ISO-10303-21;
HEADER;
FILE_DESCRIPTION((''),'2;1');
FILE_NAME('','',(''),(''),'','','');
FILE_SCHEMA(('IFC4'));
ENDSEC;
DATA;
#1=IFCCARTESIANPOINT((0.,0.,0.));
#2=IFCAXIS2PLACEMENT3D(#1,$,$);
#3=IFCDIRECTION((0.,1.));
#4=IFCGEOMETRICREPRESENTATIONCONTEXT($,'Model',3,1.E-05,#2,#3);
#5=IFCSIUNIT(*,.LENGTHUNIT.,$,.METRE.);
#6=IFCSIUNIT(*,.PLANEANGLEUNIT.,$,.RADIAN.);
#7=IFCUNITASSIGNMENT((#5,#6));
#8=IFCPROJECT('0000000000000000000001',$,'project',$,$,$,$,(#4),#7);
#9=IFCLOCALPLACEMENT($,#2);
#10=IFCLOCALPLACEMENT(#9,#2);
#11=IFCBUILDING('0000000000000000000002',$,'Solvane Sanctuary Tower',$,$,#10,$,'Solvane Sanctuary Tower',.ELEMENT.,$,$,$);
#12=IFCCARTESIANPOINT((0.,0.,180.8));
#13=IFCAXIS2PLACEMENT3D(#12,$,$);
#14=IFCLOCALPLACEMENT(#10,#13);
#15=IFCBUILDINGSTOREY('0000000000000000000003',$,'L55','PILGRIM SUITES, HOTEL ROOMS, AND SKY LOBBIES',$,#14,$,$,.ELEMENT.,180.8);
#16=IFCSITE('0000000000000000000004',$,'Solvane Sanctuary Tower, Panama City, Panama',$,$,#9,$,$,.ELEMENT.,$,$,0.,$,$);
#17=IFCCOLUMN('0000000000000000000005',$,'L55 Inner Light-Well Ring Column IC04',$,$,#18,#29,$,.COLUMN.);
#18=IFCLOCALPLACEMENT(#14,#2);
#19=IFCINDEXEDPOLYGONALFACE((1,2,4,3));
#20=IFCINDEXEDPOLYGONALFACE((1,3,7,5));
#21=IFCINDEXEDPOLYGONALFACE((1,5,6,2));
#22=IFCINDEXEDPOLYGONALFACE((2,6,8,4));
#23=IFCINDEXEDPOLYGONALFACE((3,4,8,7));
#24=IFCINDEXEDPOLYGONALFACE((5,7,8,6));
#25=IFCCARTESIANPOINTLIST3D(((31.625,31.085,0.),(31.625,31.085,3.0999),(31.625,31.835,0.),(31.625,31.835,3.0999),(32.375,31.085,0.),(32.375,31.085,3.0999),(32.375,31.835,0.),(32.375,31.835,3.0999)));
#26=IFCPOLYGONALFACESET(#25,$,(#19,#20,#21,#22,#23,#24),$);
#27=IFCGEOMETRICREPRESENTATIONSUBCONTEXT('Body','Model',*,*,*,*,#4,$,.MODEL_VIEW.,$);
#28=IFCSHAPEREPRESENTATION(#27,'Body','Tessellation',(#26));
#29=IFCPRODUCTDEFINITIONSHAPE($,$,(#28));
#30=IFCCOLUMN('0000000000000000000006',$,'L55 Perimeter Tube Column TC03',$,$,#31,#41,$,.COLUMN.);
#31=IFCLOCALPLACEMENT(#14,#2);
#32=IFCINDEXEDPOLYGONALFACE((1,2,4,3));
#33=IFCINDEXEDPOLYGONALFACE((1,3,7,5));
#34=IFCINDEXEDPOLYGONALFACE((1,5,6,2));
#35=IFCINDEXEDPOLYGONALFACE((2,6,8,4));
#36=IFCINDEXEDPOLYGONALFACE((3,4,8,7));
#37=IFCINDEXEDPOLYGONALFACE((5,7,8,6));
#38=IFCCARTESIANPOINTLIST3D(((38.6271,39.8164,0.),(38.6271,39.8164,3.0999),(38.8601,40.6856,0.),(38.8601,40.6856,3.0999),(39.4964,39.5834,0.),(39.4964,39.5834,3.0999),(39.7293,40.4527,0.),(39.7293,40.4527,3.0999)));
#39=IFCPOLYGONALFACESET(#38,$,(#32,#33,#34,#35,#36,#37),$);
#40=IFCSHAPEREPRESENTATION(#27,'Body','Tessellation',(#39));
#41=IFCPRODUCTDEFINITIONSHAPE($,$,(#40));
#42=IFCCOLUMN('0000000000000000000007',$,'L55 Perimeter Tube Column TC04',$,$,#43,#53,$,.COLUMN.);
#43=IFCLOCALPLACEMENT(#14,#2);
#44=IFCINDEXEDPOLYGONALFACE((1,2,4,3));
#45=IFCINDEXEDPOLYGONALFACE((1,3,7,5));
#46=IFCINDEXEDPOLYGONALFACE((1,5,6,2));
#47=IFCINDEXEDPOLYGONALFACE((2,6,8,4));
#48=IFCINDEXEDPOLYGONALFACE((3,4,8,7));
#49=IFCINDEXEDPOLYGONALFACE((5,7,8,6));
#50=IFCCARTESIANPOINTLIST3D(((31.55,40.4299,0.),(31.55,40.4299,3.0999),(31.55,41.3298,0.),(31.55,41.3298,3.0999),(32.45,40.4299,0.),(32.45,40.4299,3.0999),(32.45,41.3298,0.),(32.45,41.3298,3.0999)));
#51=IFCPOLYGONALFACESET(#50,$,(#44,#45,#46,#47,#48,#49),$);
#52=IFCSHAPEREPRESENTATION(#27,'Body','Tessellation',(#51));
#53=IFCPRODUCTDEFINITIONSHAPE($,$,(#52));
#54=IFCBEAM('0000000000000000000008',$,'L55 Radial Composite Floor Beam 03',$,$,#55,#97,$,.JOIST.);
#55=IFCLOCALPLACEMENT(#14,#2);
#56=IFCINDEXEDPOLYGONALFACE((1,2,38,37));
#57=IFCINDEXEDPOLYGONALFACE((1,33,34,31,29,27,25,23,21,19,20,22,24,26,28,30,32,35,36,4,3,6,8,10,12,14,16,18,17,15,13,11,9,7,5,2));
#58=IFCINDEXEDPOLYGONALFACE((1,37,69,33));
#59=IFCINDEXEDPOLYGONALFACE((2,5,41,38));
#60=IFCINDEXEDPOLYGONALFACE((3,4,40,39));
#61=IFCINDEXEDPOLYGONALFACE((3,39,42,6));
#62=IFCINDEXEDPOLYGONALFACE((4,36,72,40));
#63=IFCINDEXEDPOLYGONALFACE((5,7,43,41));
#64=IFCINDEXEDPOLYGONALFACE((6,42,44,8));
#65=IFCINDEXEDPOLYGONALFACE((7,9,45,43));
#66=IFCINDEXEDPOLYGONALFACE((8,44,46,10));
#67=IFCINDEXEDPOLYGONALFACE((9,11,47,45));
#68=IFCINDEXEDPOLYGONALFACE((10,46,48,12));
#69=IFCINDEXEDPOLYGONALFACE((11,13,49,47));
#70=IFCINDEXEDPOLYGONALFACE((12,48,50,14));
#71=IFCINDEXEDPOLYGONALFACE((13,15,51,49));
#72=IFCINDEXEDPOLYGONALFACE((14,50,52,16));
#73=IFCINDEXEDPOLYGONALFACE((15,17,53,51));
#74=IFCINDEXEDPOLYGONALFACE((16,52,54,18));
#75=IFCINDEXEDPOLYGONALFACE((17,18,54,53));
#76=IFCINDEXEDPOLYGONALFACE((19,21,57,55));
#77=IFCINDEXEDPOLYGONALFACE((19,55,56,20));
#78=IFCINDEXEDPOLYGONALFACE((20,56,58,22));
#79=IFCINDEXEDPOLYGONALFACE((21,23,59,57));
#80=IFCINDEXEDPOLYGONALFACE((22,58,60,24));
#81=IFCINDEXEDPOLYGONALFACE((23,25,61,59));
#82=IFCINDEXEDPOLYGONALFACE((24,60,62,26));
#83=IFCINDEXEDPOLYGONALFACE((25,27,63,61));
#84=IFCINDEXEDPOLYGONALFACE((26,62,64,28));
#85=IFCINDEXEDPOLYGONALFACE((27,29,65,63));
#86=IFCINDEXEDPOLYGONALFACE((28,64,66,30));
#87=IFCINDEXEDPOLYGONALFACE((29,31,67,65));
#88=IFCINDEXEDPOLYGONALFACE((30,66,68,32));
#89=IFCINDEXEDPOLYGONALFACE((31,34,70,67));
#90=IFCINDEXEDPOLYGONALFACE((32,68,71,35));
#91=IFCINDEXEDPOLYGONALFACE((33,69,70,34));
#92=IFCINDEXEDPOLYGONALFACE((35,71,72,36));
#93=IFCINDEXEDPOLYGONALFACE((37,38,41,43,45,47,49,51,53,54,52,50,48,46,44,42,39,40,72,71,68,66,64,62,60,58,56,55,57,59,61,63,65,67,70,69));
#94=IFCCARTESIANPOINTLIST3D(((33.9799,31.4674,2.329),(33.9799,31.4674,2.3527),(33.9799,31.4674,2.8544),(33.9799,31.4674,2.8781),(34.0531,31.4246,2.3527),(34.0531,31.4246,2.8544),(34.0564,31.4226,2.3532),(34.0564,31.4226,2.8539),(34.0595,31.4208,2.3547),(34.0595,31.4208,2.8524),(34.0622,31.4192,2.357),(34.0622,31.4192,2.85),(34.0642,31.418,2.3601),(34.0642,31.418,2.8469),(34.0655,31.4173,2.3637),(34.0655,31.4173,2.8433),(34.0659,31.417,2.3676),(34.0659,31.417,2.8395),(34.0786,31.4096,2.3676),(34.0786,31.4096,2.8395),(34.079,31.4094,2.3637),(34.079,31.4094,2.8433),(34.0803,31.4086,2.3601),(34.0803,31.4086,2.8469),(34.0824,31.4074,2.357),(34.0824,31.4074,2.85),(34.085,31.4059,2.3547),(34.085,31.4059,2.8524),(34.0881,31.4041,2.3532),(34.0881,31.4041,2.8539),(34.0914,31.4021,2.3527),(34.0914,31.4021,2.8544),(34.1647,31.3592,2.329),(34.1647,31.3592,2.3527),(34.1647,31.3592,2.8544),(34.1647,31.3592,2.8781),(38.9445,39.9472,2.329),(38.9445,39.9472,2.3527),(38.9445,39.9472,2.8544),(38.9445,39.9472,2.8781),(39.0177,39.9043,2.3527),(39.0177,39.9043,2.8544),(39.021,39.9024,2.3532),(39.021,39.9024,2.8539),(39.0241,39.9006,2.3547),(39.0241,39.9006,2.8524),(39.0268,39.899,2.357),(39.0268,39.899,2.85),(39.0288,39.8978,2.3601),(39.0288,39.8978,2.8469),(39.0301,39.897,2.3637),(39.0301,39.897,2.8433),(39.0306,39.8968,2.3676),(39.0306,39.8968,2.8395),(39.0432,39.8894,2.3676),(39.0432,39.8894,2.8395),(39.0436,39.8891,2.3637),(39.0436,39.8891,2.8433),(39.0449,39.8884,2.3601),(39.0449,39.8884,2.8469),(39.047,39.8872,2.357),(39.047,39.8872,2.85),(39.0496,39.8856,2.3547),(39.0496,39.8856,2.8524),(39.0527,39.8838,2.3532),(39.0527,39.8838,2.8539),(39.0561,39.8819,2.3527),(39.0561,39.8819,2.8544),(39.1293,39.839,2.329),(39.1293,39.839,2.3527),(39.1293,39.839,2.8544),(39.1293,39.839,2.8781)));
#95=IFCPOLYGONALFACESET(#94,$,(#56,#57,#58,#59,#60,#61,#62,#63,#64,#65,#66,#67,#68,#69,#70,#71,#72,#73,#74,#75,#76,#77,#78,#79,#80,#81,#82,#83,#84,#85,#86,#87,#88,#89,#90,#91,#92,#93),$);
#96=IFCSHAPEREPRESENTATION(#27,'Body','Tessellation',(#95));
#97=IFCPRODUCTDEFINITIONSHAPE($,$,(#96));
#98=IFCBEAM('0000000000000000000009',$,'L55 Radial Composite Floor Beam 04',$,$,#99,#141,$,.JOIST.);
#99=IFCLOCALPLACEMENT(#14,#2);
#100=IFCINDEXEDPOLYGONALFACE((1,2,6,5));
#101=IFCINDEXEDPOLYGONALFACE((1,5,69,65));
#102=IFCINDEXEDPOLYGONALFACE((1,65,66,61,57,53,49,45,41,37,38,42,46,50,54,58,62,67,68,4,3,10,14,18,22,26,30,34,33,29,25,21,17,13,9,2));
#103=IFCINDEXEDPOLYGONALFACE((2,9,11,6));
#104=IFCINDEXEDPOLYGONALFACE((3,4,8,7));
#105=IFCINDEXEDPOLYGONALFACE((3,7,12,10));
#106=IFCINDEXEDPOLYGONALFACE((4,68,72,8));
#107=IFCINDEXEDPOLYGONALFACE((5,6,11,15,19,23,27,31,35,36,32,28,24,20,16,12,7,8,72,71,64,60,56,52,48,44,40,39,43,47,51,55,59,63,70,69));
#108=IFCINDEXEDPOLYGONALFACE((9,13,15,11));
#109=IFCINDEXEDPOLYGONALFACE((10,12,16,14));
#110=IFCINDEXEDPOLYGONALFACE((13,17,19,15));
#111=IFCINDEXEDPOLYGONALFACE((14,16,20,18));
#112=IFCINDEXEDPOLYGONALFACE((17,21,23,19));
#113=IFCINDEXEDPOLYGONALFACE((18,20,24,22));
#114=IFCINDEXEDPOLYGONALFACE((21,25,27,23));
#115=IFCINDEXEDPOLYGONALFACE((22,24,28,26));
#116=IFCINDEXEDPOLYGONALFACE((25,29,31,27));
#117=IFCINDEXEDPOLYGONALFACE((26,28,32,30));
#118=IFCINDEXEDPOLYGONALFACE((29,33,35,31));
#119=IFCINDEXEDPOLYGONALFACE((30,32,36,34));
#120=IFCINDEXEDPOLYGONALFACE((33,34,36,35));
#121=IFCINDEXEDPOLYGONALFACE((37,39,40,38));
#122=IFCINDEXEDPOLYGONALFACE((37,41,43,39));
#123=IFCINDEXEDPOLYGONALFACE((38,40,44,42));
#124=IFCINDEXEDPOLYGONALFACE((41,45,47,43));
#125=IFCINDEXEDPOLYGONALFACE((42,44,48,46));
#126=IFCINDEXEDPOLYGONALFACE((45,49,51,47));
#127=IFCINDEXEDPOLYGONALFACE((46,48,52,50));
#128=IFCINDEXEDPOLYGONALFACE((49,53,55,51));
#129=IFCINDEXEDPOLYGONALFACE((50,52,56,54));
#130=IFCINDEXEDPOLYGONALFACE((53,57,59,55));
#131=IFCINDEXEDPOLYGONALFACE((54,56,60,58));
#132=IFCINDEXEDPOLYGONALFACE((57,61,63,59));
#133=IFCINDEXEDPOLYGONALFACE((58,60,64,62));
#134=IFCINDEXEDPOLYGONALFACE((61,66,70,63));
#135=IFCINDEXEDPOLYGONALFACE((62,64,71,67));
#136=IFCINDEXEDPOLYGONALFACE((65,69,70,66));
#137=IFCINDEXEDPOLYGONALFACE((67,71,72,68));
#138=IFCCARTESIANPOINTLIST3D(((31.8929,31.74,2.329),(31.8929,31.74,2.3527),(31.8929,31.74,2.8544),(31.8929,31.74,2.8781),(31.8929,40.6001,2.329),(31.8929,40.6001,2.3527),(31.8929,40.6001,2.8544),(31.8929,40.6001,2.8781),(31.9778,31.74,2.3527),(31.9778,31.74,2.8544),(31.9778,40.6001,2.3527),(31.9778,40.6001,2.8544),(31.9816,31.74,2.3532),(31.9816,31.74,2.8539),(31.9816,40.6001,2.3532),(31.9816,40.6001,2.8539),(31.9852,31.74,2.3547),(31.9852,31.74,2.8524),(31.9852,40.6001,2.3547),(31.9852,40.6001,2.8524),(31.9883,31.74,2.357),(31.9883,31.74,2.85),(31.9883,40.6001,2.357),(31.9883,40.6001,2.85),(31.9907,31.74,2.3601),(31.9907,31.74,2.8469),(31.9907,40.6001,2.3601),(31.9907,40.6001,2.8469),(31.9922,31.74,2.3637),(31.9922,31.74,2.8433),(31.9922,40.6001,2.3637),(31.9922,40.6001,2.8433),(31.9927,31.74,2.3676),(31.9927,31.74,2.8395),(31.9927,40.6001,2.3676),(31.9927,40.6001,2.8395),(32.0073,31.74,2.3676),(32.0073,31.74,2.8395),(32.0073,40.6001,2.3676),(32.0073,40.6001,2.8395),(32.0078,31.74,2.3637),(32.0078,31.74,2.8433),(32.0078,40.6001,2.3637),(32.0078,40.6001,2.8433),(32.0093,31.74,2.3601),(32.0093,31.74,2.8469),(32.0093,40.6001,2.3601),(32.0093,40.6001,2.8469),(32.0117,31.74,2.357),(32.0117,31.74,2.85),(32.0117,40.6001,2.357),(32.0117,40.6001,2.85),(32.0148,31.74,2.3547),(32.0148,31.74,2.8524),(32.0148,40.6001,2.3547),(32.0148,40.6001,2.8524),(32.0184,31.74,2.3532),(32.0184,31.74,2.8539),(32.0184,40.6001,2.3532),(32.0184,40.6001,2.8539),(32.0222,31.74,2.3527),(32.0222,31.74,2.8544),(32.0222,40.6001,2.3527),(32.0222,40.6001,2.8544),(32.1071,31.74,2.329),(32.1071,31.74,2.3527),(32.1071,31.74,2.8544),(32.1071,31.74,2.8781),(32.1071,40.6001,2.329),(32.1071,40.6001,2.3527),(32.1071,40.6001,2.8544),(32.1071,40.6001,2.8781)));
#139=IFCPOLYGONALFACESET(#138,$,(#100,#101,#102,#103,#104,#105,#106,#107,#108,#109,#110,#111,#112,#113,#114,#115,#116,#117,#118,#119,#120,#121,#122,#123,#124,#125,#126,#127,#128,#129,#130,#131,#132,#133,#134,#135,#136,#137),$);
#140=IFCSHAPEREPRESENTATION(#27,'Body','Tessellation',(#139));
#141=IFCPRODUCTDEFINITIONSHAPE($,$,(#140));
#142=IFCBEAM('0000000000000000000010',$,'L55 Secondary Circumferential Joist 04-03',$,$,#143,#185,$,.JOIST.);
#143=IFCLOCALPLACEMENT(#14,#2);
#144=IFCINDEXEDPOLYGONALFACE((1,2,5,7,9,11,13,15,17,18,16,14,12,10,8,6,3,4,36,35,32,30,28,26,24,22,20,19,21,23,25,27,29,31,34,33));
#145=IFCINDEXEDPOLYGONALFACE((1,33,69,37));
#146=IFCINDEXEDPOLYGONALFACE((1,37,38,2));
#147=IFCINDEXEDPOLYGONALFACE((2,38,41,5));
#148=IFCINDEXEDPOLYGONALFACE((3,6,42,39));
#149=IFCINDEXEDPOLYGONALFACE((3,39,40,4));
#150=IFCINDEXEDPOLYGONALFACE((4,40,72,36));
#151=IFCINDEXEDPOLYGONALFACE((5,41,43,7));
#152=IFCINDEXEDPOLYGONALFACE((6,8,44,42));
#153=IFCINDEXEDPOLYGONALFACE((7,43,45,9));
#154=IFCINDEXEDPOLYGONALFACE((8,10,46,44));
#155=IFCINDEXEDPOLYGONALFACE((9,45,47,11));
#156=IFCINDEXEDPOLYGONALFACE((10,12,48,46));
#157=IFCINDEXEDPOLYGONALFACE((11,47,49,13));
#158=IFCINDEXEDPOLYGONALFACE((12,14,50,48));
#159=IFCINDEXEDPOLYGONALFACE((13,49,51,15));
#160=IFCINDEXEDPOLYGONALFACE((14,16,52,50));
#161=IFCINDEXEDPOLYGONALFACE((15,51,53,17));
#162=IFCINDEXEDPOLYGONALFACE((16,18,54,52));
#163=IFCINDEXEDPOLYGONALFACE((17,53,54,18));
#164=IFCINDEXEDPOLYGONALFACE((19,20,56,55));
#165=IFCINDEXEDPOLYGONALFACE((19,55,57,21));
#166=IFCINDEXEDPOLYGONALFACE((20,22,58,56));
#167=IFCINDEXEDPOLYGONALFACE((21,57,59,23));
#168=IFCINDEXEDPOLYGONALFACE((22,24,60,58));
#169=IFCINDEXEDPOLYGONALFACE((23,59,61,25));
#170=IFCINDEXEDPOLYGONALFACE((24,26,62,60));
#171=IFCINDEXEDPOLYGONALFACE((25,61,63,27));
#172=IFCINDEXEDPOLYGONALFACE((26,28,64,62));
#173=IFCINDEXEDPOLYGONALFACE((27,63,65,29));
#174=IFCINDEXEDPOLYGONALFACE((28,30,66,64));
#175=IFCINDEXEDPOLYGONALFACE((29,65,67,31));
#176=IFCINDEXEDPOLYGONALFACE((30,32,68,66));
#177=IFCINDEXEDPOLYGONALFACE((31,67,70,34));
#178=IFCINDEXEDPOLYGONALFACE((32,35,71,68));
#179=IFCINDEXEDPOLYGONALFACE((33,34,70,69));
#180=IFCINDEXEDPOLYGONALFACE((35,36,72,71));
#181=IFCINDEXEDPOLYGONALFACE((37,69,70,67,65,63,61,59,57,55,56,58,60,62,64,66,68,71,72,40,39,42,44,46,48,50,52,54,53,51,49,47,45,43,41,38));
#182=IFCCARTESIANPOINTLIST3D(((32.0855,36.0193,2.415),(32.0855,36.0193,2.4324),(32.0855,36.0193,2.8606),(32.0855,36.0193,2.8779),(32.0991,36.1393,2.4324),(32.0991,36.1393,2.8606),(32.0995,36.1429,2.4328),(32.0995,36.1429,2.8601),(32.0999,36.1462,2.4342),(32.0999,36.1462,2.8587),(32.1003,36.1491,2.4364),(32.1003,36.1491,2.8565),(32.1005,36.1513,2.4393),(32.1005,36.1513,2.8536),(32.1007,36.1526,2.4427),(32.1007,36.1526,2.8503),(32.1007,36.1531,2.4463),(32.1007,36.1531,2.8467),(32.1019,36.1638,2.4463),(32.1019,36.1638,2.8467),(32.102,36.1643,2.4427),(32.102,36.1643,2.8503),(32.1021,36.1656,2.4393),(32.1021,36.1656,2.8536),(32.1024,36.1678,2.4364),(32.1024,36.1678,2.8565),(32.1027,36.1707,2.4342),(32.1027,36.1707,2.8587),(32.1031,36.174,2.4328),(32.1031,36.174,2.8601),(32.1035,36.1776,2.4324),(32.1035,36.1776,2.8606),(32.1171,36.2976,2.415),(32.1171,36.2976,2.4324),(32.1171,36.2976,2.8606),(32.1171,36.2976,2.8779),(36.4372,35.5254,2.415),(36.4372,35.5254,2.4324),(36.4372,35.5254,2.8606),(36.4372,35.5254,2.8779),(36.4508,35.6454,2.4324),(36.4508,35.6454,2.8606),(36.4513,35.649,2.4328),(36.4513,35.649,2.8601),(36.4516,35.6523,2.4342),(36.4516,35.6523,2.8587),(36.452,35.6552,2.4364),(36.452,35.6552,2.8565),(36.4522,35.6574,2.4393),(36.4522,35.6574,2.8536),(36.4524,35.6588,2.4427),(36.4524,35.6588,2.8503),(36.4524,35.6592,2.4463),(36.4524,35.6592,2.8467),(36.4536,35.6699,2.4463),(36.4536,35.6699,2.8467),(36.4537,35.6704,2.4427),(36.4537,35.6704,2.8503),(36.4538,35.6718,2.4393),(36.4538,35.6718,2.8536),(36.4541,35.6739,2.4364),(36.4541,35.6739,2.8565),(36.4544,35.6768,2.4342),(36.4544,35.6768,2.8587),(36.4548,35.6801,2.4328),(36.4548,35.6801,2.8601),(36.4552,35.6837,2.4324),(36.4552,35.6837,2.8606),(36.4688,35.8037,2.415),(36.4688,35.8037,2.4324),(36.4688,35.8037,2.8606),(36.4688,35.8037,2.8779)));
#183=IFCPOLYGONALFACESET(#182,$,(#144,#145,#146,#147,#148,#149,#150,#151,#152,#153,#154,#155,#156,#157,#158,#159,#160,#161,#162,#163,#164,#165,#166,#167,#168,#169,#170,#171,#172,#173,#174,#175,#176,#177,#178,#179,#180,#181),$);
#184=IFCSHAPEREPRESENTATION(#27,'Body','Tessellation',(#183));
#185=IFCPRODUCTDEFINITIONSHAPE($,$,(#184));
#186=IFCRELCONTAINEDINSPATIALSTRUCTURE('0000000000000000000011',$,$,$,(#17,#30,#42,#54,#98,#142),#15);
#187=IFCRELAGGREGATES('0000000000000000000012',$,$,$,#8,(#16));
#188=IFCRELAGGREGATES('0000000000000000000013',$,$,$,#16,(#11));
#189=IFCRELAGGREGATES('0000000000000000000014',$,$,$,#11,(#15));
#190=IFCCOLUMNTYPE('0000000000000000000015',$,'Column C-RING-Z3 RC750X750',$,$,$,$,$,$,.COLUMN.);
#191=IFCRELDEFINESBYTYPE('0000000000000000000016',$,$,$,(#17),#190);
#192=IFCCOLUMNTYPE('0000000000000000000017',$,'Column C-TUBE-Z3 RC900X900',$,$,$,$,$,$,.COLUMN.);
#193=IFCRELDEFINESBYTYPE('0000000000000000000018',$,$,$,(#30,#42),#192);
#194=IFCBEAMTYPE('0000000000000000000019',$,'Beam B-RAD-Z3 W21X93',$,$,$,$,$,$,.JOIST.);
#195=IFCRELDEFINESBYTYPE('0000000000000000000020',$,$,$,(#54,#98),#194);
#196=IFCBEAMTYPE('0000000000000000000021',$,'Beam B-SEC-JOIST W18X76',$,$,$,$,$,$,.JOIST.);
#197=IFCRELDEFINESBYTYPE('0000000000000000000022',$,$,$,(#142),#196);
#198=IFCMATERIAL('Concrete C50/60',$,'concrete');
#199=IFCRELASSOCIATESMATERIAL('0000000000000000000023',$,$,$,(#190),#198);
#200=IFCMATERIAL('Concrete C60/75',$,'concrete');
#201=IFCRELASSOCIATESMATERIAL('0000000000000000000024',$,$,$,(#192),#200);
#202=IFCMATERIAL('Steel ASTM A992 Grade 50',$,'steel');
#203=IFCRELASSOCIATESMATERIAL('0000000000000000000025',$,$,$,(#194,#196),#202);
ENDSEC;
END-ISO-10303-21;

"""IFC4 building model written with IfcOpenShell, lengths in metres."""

from ifc_helpers import new_model, si_unit, direction, frame, origin, origin_2d, place, context, subcontext, project, spatial, rectangle, i_section, extrude, material, material_profile, profile_set, type_object, element, save


model = new_model("IFC4")

# Units and contexts
model_context = context("Model", 3, precision=1e-05, world=origin(), true_north=direction((0.0, 1.0)))
body_context = subcontext(model_context, "Body", "Model", "MODEL_VIEW")
ifc_project = project(units=[si_unit("LENGTHUNIT", "METRE"), si_unit("PLANEANGLEUNIT", "RADIAN")], contexts=[model_context])

# Site, building, storey
site_placement = place(None, origin())
site = spatial("IfcSite", under=ifc_project, at=site_placement, Name="Solvane Sanctuary Tower, Panama City, Panama", CompositionType="ELEMENT", RefElevation=0.0)
building_placement = place(site_placement, origin())
building = spatial("IfcBuilding", under=site, at=building_placement, Name="Solvane Sanctuary Tower", LongName="Solvane Sanctuary Tower", CompositionType="ELEMENT")
storey_placement = place(building_placement, frame((0.0, 0.0, 180.8)))
storey = spatial("IfcBuildingStorey", under=building, at=storey_placement, Name="L55", Description="PILGRIM SUITES, HOTEL ROOMS, AND SKY LOBBIES", CompositionType="ELEMENT", Elevation=180.8)

# Columns
ifc_material_1 = material(Name="Concrete C50/60", Category="concrete")
ifc_material_profile_1 = material_profile(ifc_material_1, rectangle(XDim=0.75, YDim=0.75, at=origin_2d()), Name="RC750X750")
ifc_profile_set_1 = profile_set([ifc_material_profile_1], Name="Concrete C50/60")
column_type_1 = type_object("IfcColumnType", Name="Column C-RING-Z3 RC750X750", PredefinedType="COLUMN", material=ifc_profile_set_1)
column_placement = place(storey_placement, frame((32.0, 31.46, 0.0), z_axis=(0.0, 0.0, 1.0), x_axis=(1.0, 0.0, 0.0)))
element("IfcColumn", 1, at=column_placement, inside=storey, type_object=column_type_1, Name="L55 Inner Light-Well Ring Column IC04", PredefinedType="COLUMN", context=body_context, shape_type="SweptSolid", body=[
    extrude(rectangle(XDim=0.75, YDim=0.75, at=origin_2d()), origin(), (0.0, 0.0, 1.0), 3.0999),
])
ifc_material_2 = material(Name="Concrete C60/75", Category="concrete")
ifc_material_profile_2 = material_profile(ifc_material_2, rectangle(XDim=0.8999, YDim=0.8999, at=origin_2d()), Name="RC900X900")
ifc_profile_set_2 = profile_set([ifc_material_profile_2], Name="Concrete C60/75")
column_type_2 = type_object("IfcColumnType", Name="Column C-TUBE-Z3 RC900X900", PredefinedType="COLUMN", material=ifc_profile_set_2)
for number, where, z_axis, x_axis, name in (
    (2, (39.1782, 40.1345, 0.0), (0.0, 0.0, 1.0), (0.258819, 0.965926, 0.0), "L55 Perimeter Tube Column TC03"),
    (3, (32.0, 40.8799, 0.0), (0.0, 0.0, 1.0), (0.0, 1.0, 0.0), "L55 Perimeter Tube Column TC04"),
):
    element("IfcColumn", number, at=place(storey_placement, frame(where, z_axis=z_axis, x_axis=x_axis)), inside=storey, type_object=column_type_2, Name=name, PredefinedType="COLUMN", context=body_context, shape_type="SweptSolid", body=[
        extrude(rectangle(XDim=0.8999, YDim=0.8999, at=origin_2d()), origin(), (0.0, 0.0, 1.0), 3.0999),
    ])

# Beams
ifc_material_3 = material(Name="Steel ASTM A992 Grade 50", Category="steel")
ifc_material_profile_3 = material_profile(ifc_material_3, i_section(OverallWidth=0.2141, OverallDepth=0.5491, WebThickness=0.0146, FlangeThickness=0.0237, FilletRadius=0.0149, at=origin_2d()), Name="W21X93")
ifc_profile_set_3 = profile_set([ifc_material_profile_3], Name="Steel ASTM A992 Grade 50")
beam_type_1 = type_object("IfcBeamType", Name="Beam B-RAD-Z3 W21X93", PredefinedType="JOIST", material=ifc_profile_set_3)
beam_1_placement = place(storey_placement, frame((34.0723, 31.4133, 2.6035), z_axis=(0.505244, 0.862977, 0.0), x_axis=(-0.862977, 0.505244, 0.0)))
element("IfcBeam", 4, at=beam_1_placement, inside=storey, type_object=beam_type_1, Name="L55 Radial Composite Floor Beam 03", PredefinedType="JOIST", context=body_context, shape_type="SweptSolid", body=[
    extrude(i_section(OverallWidth=0.2141, OverallDepth=0.5491, WebThickness=0.0146, FlangeThickness=0.0237, FilletRadius=0.0149, at=origin_2d()), origin(), (0.0, 0.0, 1.0), 9.8262),
])
beam_2_placement = place(storey_placement, frame((32.0, 31.74, 2.6035), z_axis=(0.0, 1.0, 0.0), x_axis=(-1.0, 0.0, 0.0)))
element("IfcBeam", 5, at=beam_2_placement, inside=storey, type_object=beam_type_1, Name="L55 Radial Composite Floor Beam 04", PredefinedType="JOIST", context=body_context, shape_type="SweptSolid", body=[
    extrude(i_section(OverallWidth=0.2141, OverallDepth=0.5491, WebThickness=0.0146, FlangeThickness=0.0237, FilletRadius=0.0149, at=origin_2d()), origin(), (0.0, 0.0, 1.0), 8.8601),
])
ifc_material_profile_4 = material_profile(ifc_material_3, i_section(OverallWidth=0.28, OverallDepth=0.4629, WebThickness=0.0107, FlangeThickness=0.0173, FilletRadius=0.0139, at=origin_2d()), Name="W18X76")
ifc_profile_set_4 = profile_set([ifc_material_profile_4], Name="Steel ASTM A992 Grade 50")
beam_type_2 = type_object("IfcBeamType", Name="Beam B-SEC-JOIST W18X76", PredefinedType="JOIST", material=ifc_profile_set_4)
beam_3_placement = place(storey_placement, frame((32.1013, 36.1584, 2.6465), z_axis=(0.993621, -0.112768, 0.0), x_axis=(0.112768, 0.993621, 0.0)))
element("IfcBeam", 6, at=beam_3_placement, inside=storey, type_object=beam_type_2, Name="L55 Secondary Circumferential Joist 04-03", PredefinedType="JOIST", context=body_context, shape_type="SweptSolid", body=[
    extrude(i_section(OverallWidth=0.28, OverallDepth=0.4629, WebThickness=0.0107, FlangeThickness=0.0173, FilletRadius=0.0139, at=origin_2d()), origin(), (0.0, 0.0, 1.0), 4.3796),
])

save(model, "model.ifc")
